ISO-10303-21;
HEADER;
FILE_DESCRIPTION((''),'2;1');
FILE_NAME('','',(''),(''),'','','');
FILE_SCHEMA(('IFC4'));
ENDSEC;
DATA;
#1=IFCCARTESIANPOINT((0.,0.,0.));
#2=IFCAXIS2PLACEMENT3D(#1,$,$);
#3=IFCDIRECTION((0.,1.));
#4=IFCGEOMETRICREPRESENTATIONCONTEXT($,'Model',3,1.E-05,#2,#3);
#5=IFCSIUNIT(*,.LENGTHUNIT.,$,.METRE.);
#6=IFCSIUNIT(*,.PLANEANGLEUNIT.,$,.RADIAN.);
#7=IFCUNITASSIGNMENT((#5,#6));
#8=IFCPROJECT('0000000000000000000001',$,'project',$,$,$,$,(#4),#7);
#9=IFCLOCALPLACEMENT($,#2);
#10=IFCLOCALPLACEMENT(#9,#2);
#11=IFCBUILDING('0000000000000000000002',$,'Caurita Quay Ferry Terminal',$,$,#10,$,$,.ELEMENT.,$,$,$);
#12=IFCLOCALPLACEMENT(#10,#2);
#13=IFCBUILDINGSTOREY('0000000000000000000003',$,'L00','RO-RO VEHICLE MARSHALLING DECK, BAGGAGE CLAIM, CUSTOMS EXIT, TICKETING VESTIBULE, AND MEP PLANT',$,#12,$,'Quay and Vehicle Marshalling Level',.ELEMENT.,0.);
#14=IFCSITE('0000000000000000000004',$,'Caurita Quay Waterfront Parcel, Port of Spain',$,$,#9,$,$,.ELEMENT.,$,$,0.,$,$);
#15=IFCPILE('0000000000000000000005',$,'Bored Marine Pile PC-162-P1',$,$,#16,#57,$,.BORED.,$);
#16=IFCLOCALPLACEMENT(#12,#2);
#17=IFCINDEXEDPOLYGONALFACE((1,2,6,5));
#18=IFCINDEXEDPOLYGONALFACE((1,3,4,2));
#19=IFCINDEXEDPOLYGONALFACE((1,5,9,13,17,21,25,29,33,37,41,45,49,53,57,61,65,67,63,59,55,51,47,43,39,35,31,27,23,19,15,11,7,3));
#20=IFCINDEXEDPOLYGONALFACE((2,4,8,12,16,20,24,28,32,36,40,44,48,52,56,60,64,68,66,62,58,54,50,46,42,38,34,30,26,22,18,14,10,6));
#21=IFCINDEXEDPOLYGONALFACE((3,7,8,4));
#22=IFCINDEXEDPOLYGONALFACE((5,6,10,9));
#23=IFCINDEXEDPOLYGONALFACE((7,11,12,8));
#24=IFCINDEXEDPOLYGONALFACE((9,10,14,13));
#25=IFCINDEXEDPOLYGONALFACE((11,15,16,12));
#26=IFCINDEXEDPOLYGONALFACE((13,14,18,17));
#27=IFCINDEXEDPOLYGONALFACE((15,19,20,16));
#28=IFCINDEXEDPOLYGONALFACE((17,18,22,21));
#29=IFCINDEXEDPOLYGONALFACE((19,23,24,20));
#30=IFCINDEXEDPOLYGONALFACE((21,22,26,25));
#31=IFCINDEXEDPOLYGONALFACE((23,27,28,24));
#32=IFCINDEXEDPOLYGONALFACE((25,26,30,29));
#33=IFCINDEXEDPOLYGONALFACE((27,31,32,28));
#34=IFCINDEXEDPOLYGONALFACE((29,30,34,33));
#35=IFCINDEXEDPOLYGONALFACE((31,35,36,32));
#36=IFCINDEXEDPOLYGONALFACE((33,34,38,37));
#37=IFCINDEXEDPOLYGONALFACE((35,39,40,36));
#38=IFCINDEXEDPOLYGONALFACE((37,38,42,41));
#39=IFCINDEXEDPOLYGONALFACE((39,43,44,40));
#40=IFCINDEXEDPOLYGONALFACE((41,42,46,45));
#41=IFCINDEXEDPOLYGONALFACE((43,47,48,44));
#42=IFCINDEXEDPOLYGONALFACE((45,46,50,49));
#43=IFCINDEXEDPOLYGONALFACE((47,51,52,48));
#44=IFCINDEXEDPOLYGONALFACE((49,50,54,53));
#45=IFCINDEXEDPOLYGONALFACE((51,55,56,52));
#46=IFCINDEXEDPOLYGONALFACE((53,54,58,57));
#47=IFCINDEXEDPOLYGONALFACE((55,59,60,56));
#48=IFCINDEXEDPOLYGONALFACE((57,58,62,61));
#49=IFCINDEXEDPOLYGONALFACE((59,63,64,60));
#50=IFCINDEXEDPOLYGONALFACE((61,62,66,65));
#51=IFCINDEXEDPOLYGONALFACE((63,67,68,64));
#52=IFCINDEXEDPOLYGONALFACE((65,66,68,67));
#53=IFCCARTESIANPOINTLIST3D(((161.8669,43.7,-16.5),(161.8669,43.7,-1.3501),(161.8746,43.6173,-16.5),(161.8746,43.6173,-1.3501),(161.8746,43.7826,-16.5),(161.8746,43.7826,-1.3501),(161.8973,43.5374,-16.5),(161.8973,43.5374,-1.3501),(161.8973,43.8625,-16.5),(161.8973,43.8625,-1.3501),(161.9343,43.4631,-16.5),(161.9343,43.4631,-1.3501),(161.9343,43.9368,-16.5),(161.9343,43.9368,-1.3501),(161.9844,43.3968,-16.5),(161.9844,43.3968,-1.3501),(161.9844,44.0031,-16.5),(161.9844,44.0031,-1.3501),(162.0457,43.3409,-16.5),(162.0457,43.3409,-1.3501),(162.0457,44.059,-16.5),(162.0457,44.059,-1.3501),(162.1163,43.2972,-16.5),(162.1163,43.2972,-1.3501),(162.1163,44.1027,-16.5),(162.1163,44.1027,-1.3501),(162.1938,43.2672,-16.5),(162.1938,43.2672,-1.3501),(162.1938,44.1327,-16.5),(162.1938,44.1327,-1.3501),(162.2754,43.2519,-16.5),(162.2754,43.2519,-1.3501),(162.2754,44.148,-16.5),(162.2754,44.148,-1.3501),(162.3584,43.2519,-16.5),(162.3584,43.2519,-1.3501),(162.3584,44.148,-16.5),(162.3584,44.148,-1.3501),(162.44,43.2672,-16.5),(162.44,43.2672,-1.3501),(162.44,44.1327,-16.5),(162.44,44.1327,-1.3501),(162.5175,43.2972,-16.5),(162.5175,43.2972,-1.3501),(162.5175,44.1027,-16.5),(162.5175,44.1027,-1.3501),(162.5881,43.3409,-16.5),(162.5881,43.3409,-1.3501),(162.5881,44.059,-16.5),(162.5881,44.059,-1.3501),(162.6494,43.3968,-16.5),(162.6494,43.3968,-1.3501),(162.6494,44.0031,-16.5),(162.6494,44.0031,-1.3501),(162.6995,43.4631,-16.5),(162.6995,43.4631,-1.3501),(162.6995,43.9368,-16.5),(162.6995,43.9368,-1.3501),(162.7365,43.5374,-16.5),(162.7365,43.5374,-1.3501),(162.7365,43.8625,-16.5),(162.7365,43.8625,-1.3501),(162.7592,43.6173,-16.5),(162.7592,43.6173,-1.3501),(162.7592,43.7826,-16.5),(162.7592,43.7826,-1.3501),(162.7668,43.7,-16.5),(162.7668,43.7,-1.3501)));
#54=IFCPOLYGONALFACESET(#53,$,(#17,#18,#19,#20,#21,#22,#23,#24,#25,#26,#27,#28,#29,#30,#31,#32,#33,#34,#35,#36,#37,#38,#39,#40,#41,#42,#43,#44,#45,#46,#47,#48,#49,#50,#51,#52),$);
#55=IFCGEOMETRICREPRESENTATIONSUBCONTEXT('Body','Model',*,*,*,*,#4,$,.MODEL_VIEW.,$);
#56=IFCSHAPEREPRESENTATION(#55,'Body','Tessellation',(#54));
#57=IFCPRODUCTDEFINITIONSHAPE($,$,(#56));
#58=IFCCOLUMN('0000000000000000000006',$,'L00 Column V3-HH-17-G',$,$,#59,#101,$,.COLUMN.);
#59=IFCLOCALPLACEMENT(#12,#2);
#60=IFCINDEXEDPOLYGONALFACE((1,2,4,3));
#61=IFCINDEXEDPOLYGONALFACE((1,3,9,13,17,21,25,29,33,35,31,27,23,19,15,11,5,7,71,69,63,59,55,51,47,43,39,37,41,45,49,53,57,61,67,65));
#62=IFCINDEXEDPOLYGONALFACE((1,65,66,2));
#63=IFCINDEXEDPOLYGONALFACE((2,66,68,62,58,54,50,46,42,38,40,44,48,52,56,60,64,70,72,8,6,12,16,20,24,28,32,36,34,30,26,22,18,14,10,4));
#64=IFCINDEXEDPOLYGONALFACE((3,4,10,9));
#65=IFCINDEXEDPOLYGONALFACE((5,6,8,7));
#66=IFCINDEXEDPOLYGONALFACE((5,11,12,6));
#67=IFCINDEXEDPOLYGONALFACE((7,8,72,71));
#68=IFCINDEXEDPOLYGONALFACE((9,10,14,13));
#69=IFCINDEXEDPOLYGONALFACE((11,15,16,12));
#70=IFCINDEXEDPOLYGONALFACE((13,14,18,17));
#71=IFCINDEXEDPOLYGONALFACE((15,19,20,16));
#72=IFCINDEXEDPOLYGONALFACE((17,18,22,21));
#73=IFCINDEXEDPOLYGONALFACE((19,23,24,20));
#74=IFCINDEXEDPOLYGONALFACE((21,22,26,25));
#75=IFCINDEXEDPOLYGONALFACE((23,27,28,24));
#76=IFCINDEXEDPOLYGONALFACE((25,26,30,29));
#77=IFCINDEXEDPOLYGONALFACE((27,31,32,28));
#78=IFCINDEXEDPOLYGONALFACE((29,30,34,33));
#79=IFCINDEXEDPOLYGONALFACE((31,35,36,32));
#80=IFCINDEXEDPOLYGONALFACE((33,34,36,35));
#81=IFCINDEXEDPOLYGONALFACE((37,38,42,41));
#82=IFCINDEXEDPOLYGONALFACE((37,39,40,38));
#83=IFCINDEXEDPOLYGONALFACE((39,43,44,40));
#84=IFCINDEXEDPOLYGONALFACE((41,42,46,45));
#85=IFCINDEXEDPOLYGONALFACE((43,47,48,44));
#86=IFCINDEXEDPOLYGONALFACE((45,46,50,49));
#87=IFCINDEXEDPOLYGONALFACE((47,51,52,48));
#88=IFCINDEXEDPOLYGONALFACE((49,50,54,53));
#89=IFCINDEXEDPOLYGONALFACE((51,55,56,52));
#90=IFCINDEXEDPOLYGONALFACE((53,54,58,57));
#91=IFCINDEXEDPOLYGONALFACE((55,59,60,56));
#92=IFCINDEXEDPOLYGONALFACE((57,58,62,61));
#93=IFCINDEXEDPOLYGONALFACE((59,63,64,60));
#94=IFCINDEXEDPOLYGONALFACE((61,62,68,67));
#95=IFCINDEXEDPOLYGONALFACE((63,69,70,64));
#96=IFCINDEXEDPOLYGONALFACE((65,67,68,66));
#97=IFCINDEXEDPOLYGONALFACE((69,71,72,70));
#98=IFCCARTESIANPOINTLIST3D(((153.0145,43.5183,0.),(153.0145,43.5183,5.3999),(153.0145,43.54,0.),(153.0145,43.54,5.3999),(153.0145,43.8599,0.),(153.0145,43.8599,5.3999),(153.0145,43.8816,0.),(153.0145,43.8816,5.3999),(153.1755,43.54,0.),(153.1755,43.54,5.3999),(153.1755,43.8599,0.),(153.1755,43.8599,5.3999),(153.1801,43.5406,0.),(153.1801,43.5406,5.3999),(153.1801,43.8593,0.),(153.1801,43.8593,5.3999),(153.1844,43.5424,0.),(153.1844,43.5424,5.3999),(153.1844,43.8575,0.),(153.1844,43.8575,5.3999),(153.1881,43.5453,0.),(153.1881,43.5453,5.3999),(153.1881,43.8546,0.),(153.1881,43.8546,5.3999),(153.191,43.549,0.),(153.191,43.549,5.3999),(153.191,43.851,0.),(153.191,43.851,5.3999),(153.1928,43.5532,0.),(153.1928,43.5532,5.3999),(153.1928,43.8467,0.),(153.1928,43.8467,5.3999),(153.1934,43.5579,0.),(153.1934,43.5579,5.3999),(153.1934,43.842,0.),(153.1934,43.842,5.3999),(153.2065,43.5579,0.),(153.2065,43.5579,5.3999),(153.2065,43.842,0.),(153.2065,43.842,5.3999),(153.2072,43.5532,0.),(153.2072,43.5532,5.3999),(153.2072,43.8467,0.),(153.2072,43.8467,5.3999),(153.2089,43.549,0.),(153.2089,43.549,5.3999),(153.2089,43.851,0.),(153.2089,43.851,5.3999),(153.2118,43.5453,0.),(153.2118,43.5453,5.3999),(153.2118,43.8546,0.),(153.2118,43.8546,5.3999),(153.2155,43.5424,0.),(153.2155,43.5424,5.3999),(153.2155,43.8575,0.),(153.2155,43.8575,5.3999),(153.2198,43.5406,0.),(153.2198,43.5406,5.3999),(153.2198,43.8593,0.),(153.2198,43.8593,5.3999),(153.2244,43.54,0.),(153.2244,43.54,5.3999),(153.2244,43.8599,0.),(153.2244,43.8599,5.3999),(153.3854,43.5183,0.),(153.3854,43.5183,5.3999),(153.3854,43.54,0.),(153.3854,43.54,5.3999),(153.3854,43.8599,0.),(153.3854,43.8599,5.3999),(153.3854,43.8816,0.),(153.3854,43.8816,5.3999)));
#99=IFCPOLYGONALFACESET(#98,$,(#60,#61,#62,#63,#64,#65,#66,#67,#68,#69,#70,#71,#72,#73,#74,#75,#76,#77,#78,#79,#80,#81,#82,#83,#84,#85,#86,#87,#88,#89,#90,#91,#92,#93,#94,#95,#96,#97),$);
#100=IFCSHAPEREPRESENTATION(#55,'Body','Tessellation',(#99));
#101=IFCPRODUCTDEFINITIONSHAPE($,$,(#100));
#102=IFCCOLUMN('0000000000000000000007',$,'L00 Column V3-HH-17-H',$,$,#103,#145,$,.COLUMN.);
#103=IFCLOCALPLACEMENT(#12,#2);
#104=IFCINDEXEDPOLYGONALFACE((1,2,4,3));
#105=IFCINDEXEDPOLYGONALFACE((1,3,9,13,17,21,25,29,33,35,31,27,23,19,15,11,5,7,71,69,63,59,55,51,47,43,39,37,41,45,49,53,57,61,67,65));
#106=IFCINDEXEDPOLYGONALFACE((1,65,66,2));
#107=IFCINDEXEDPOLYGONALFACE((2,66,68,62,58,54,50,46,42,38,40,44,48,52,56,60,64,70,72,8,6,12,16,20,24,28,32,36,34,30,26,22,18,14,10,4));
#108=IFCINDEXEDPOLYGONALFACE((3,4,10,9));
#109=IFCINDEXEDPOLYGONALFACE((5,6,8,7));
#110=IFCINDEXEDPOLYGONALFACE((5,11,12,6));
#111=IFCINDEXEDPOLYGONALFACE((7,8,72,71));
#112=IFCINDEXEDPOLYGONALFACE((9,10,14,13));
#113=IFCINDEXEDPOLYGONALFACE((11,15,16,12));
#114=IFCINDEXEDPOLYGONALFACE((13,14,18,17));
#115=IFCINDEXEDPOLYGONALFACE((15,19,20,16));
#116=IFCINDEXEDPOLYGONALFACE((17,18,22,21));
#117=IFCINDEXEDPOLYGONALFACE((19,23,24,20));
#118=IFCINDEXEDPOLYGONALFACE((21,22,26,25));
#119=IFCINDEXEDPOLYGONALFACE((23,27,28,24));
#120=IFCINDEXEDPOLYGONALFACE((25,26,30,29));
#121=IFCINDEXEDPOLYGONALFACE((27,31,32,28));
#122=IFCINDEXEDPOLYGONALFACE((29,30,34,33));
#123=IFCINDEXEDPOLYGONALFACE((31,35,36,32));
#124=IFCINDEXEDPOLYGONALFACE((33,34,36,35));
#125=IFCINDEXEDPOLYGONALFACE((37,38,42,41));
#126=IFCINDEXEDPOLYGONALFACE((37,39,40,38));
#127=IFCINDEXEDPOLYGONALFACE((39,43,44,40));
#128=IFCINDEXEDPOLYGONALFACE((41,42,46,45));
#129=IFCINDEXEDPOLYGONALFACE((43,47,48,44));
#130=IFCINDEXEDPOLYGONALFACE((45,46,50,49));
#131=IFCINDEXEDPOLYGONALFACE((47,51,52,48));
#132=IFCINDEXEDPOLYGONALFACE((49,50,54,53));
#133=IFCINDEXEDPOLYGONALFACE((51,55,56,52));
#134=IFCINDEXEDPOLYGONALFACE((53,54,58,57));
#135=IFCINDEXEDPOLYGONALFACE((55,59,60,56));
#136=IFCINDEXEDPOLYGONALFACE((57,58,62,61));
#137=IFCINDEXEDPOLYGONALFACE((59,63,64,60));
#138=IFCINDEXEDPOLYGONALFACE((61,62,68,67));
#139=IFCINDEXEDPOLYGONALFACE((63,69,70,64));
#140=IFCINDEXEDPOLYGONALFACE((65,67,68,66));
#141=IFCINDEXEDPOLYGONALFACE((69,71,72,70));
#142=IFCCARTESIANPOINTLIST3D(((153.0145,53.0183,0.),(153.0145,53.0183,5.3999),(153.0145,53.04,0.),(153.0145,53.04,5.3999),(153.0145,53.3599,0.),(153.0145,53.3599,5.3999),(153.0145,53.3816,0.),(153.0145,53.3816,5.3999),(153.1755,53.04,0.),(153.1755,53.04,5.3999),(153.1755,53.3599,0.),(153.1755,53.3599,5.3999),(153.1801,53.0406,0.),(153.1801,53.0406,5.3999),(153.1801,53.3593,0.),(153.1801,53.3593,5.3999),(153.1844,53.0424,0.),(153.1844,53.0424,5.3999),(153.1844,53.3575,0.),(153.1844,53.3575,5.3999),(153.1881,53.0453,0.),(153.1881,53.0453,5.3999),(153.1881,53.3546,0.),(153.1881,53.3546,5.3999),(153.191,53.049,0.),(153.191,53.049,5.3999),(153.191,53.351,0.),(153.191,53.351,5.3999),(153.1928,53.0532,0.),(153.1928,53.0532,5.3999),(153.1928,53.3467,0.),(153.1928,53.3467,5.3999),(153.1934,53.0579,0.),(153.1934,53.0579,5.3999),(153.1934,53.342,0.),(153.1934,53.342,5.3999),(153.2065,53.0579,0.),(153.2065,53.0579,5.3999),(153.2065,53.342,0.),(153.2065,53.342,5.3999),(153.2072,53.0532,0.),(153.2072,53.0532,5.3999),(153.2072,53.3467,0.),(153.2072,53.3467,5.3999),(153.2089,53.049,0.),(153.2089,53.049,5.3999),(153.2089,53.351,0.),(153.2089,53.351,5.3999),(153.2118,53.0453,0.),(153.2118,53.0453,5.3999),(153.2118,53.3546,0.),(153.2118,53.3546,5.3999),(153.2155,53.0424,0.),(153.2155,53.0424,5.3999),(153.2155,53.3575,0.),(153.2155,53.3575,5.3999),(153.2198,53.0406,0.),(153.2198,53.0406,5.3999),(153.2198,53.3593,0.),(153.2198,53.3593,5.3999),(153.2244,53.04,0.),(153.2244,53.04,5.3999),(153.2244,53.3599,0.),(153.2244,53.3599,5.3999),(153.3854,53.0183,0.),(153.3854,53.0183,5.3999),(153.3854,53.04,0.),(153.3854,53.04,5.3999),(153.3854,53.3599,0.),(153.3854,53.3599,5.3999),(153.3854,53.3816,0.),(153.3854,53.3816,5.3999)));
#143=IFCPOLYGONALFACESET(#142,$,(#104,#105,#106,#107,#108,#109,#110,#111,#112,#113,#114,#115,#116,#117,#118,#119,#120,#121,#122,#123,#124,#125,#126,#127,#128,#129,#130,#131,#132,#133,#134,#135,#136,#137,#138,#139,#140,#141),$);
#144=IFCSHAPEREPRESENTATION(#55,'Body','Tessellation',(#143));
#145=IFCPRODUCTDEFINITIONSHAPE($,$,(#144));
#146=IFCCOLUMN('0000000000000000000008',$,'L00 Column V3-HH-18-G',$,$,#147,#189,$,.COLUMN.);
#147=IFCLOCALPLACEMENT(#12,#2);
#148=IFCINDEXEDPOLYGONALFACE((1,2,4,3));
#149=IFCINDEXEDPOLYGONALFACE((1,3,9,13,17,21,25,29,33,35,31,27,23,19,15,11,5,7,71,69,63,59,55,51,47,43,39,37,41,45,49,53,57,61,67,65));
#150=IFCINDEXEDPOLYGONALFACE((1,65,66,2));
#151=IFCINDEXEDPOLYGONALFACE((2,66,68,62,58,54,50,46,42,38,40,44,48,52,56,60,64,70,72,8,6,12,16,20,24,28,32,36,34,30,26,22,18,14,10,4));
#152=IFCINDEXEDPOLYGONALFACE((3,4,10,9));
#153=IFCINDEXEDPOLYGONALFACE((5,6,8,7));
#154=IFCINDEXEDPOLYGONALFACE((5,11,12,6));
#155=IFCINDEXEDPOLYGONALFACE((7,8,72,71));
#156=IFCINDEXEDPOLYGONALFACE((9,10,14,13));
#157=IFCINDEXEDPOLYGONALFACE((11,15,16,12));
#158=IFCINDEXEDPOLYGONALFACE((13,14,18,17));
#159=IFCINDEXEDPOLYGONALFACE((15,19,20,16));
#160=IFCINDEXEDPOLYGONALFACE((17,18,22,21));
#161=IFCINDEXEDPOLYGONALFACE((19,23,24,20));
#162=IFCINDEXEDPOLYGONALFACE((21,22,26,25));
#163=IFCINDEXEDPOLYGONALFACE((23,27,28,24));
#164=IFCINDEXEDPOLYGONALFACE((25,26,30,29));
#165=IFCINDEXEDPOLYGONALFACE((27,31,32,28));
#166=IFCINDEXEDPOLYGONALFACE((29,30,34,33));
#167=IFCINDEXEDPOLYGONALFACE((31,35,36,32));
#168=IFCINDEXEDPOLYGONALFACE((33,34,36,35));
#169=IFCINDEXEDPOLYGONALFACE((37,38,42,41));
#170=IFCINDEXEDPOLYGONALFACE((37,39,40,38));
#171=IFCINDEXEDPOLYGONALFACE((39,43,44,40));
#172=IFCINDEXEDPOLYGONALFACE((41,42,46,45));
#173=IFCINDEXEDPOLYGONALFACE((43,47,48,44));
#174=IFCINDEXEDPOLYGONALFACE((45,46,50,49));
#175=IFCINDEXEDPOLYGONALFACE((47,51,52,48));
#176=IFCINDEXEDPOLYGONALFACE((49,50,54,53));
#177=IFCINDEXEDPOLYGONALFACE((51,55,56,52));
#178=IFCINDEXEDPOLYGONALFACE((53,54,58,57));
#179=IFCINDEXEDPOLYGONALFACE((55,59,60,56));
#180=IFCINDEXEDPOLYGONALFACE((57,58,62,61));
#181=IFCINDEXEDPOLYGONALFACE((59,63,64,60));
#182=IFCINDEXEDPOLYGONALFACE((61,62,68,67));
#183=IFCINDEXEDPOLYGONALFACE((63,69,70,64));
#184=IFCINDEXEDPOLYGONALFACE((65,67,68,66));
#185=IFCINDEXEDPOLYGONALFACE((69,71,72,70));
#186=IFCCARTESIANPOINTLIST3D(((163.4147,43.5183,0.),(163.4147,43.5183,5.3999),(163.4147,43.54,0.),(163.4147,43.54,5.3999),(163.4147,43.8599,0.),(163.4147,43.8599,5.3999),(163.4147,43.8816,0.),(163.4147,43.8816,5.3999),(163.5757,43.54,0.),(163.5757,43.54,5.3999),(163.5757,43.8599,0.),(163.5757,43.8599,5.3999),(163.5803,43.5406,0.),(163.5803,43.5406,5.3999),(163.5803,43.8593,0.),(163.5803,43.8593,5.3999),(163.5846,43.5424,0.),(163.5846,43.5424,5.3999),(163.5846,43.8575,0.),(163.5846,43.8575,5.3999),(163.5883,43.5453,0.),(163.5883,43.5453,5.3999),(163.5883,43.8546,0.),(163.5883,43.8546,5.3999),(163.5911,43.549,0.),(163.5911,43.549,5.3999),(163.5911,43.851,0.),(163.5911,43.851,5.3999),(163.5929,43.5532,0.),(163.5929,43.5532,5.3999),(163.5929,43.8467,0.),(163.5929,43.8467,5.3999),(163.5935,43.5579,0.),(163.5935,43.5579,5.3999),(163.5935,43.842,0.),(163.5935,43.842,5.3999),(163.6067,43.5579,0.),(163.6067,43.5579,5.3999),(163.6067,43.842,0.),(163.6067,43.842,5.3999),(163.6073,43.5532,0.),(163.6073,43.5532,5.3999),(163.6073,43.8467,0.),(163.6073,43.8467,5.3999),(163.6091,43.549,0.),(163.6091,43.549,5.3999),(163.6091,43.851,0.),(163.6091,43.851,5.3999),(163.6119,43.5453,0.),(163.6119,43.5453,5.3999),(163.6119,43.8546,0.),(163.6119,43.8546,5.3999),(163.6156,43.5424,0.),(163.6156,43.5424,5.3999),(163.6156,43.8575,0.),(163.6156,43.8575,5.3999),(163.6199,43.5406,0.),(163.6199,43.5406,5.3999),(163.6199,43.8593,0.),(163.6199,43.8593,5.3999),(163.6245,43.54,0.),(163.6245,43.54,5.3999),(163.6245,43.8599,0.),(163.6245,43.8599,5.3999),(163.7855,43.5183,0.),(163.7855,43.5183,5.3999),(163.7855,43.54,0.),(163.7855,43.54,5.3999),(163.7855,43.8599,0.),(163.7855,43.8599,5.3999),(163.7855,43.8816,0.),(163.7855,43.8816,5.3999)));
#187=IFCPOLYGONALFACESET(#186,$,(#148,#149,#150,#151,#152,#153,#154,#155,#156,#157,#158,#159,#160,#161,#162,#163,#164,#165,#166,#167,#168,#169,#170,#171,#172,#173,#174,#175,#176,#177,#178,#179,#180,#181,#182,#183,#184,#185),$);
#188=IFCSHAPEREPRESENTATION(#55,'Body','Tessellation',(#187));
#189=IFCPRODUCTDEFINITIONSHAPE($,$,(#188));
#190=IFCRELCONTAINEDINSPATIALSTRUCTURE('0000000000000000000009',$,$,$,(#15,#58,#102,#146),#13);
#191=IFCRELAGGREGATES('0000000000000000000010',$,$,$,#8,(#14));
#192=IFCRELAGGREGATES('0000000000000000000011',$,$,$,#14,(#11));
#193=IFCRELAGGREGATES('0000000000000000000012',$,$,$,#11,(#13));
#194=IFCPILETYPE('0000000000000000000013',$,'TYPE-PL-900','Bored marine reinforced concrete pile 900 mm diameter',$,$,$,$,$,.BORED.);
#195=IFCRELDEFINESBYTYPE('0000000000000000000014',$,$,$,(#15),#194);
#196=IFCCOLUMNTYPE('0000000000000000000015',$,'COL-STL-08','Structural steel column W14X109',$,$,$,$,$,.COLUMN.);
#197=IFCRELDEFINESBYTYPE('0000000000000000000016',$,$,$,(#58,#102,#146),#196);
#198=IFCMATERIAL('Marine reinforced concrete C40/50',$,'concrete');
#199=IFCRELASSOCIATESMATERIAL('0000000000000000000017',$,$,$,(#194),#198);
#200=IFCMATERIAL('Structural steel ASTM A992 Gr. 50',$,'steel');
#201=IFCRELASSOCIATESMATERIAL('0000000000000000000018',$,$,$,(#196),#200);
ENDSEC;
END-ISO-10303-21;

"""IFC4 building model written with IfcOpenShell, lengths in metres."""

from ifc_helpers import new_model, si_unit, direction, frame, origin, origin_2d, place, context, subcontext, project, spatial, circle, i_section, extrude, material, material_profile, profile_set, type_object, element, save


model = new_model("IFC4")

# Units and contexts
model_context = context("Model", 3, precision=1e-05, world=origin(), true_north=direction((0.0, 1.0)))
body_context = subcontext(model_context, "Body", "Model", "MODEL_VIEW")
ifc_project = project(units=[si_unit("LENGTHUNIT", "METRE"), si_unit("PLANEANGLEUNIT", "RADIAN")], contexts=[model_context])

# Site, building, storey
site_placement = place(None, origin())
site = spatial("IfcSite", under=ifc_project, at=site_placement, Name="Caurita Quay Waterfront Parcel, Port of Spain", CompositionType="ELEMENT", RefElevation=0.0)
building_placement = place(site_placement, origin())
building = spatial("IfcBuilding", under=site, at=building_placement, Name="Caurita Quay Ferry Terminal", CompositionType="ELEMENT")
storey_placement = place(building_placement, origin())
storey = spatial("IfcBuildingStorey", under=building, at=storey_placement, Name="L00", Description="RO-RO VEHICLE MARSHALLING DECK, BAGGAGE CLAIM, CUSTOMS EXIT, TICKETING VESTIBULE, AND MEP PLANT", LongName="Quay and Vehicle Marshalling Level", CompositionType="ELEMENT", Elevation=0.0)

# Pile
ifc_material_1 = material(Name="Marine reinforced concrete C40/50", Category="concrete")
ifc_material_profile_1 = material_profile(ifc_material_1, circle(Radius=0.45, at=origin_2d()), Name="PILE-D900")
ifc_profile_set_1 = profile_set([ifc_material_profile_1], Name="Marine reinforced concrete C40/50")
pile_type_1 = type_object("IfcPileType", Name="TYPE-PL-900", Description="Bored marine reinforced concrete pile 900 mm diameter", PredefinedType="BORED", material=ifc_profile_set_1)
for number, where, z_axis, x_axis, name in (
    (1, (162.3169, 43.7, -1.3501), (0.0, 0.0, -1.0), (1.0, 0.0, 0.0), "Bored Marine Pile PC-162-P1"),
):
    element("IfcPile", number, at=place(storey_placement, frame(where, z_axis=z_axis, x_axis=x_axis)), inside=storey, type_object=pile_type_1, Name=name, PredefinedType="BORED", context=body_context, shape_type="SweptSolid", body=[
        extrude(circle(Radius=0.45, at=origin_2d()), origin(), (0.0, 0.0, 1.0), 15.1499),
    ])

# Columns
ifc_material_2 = material(Name="Structural steel ASTM A992 Gr. 50", Category="steel")
ifc_material_profile_2 = material_profile(ifc_material_2, i_section(OverallWidth=0.3708, OverallDepth=0.3633, WebThickness=0.0132, FlangeThickness=0.0217, FilletRadius=0.0178, at=origin_2d()), Name="W14X109")
ifc_profile_set_2 = profile_set([ifc_material_profile_2], Name="Structural steel ASTM A992 Gr. 50")
column_type = type_object("IfcColumnType", Name="COL-STL-08", Description="Structural steel column W14X109", PredefinedType="COLUMN", material=ifc_profile_set_2)
for number, where, z_axis, x_axis, name in (
    (2, (153.2, 43.7, 0.0), (0.0, 0.0, 1.0), (1.0, 0.0, 0.0), "L00 Column V3-HH-17-G"),
    (3, (153.2, 53.2, 0.0), (0.0, 0.0, 1.0), (1.0, 0.0, 0.0), "L00 Column V3-HH-17-H"),
    (4, (163.6001, 43.7, 0.0), (0.0, 0.0, 1.0), (1.0, 0.0, 0.0), "L00 Column V3-HH-18-G"),
):
    element("IfcColumn", number, at=place(storey_placement, frame(where, z_axis=z_axis, x_axis=x_axis)), inside=storey, type_object=column_type, Name=name, PredefinedType="COLUMN", context=body_context, shape_type="SweptSolid", body=[
        extrude(i_section(OverallWidth=0.3708, OverallDepth=0.3633, WebThickness=0.0132, FlangeThickness=0.0217, FilletRadius=0.0178, at=origin_2d()), origin(), (0.0, 0.0, 1.0), 5.3999),
    ])

save(model, "model.ifc")
